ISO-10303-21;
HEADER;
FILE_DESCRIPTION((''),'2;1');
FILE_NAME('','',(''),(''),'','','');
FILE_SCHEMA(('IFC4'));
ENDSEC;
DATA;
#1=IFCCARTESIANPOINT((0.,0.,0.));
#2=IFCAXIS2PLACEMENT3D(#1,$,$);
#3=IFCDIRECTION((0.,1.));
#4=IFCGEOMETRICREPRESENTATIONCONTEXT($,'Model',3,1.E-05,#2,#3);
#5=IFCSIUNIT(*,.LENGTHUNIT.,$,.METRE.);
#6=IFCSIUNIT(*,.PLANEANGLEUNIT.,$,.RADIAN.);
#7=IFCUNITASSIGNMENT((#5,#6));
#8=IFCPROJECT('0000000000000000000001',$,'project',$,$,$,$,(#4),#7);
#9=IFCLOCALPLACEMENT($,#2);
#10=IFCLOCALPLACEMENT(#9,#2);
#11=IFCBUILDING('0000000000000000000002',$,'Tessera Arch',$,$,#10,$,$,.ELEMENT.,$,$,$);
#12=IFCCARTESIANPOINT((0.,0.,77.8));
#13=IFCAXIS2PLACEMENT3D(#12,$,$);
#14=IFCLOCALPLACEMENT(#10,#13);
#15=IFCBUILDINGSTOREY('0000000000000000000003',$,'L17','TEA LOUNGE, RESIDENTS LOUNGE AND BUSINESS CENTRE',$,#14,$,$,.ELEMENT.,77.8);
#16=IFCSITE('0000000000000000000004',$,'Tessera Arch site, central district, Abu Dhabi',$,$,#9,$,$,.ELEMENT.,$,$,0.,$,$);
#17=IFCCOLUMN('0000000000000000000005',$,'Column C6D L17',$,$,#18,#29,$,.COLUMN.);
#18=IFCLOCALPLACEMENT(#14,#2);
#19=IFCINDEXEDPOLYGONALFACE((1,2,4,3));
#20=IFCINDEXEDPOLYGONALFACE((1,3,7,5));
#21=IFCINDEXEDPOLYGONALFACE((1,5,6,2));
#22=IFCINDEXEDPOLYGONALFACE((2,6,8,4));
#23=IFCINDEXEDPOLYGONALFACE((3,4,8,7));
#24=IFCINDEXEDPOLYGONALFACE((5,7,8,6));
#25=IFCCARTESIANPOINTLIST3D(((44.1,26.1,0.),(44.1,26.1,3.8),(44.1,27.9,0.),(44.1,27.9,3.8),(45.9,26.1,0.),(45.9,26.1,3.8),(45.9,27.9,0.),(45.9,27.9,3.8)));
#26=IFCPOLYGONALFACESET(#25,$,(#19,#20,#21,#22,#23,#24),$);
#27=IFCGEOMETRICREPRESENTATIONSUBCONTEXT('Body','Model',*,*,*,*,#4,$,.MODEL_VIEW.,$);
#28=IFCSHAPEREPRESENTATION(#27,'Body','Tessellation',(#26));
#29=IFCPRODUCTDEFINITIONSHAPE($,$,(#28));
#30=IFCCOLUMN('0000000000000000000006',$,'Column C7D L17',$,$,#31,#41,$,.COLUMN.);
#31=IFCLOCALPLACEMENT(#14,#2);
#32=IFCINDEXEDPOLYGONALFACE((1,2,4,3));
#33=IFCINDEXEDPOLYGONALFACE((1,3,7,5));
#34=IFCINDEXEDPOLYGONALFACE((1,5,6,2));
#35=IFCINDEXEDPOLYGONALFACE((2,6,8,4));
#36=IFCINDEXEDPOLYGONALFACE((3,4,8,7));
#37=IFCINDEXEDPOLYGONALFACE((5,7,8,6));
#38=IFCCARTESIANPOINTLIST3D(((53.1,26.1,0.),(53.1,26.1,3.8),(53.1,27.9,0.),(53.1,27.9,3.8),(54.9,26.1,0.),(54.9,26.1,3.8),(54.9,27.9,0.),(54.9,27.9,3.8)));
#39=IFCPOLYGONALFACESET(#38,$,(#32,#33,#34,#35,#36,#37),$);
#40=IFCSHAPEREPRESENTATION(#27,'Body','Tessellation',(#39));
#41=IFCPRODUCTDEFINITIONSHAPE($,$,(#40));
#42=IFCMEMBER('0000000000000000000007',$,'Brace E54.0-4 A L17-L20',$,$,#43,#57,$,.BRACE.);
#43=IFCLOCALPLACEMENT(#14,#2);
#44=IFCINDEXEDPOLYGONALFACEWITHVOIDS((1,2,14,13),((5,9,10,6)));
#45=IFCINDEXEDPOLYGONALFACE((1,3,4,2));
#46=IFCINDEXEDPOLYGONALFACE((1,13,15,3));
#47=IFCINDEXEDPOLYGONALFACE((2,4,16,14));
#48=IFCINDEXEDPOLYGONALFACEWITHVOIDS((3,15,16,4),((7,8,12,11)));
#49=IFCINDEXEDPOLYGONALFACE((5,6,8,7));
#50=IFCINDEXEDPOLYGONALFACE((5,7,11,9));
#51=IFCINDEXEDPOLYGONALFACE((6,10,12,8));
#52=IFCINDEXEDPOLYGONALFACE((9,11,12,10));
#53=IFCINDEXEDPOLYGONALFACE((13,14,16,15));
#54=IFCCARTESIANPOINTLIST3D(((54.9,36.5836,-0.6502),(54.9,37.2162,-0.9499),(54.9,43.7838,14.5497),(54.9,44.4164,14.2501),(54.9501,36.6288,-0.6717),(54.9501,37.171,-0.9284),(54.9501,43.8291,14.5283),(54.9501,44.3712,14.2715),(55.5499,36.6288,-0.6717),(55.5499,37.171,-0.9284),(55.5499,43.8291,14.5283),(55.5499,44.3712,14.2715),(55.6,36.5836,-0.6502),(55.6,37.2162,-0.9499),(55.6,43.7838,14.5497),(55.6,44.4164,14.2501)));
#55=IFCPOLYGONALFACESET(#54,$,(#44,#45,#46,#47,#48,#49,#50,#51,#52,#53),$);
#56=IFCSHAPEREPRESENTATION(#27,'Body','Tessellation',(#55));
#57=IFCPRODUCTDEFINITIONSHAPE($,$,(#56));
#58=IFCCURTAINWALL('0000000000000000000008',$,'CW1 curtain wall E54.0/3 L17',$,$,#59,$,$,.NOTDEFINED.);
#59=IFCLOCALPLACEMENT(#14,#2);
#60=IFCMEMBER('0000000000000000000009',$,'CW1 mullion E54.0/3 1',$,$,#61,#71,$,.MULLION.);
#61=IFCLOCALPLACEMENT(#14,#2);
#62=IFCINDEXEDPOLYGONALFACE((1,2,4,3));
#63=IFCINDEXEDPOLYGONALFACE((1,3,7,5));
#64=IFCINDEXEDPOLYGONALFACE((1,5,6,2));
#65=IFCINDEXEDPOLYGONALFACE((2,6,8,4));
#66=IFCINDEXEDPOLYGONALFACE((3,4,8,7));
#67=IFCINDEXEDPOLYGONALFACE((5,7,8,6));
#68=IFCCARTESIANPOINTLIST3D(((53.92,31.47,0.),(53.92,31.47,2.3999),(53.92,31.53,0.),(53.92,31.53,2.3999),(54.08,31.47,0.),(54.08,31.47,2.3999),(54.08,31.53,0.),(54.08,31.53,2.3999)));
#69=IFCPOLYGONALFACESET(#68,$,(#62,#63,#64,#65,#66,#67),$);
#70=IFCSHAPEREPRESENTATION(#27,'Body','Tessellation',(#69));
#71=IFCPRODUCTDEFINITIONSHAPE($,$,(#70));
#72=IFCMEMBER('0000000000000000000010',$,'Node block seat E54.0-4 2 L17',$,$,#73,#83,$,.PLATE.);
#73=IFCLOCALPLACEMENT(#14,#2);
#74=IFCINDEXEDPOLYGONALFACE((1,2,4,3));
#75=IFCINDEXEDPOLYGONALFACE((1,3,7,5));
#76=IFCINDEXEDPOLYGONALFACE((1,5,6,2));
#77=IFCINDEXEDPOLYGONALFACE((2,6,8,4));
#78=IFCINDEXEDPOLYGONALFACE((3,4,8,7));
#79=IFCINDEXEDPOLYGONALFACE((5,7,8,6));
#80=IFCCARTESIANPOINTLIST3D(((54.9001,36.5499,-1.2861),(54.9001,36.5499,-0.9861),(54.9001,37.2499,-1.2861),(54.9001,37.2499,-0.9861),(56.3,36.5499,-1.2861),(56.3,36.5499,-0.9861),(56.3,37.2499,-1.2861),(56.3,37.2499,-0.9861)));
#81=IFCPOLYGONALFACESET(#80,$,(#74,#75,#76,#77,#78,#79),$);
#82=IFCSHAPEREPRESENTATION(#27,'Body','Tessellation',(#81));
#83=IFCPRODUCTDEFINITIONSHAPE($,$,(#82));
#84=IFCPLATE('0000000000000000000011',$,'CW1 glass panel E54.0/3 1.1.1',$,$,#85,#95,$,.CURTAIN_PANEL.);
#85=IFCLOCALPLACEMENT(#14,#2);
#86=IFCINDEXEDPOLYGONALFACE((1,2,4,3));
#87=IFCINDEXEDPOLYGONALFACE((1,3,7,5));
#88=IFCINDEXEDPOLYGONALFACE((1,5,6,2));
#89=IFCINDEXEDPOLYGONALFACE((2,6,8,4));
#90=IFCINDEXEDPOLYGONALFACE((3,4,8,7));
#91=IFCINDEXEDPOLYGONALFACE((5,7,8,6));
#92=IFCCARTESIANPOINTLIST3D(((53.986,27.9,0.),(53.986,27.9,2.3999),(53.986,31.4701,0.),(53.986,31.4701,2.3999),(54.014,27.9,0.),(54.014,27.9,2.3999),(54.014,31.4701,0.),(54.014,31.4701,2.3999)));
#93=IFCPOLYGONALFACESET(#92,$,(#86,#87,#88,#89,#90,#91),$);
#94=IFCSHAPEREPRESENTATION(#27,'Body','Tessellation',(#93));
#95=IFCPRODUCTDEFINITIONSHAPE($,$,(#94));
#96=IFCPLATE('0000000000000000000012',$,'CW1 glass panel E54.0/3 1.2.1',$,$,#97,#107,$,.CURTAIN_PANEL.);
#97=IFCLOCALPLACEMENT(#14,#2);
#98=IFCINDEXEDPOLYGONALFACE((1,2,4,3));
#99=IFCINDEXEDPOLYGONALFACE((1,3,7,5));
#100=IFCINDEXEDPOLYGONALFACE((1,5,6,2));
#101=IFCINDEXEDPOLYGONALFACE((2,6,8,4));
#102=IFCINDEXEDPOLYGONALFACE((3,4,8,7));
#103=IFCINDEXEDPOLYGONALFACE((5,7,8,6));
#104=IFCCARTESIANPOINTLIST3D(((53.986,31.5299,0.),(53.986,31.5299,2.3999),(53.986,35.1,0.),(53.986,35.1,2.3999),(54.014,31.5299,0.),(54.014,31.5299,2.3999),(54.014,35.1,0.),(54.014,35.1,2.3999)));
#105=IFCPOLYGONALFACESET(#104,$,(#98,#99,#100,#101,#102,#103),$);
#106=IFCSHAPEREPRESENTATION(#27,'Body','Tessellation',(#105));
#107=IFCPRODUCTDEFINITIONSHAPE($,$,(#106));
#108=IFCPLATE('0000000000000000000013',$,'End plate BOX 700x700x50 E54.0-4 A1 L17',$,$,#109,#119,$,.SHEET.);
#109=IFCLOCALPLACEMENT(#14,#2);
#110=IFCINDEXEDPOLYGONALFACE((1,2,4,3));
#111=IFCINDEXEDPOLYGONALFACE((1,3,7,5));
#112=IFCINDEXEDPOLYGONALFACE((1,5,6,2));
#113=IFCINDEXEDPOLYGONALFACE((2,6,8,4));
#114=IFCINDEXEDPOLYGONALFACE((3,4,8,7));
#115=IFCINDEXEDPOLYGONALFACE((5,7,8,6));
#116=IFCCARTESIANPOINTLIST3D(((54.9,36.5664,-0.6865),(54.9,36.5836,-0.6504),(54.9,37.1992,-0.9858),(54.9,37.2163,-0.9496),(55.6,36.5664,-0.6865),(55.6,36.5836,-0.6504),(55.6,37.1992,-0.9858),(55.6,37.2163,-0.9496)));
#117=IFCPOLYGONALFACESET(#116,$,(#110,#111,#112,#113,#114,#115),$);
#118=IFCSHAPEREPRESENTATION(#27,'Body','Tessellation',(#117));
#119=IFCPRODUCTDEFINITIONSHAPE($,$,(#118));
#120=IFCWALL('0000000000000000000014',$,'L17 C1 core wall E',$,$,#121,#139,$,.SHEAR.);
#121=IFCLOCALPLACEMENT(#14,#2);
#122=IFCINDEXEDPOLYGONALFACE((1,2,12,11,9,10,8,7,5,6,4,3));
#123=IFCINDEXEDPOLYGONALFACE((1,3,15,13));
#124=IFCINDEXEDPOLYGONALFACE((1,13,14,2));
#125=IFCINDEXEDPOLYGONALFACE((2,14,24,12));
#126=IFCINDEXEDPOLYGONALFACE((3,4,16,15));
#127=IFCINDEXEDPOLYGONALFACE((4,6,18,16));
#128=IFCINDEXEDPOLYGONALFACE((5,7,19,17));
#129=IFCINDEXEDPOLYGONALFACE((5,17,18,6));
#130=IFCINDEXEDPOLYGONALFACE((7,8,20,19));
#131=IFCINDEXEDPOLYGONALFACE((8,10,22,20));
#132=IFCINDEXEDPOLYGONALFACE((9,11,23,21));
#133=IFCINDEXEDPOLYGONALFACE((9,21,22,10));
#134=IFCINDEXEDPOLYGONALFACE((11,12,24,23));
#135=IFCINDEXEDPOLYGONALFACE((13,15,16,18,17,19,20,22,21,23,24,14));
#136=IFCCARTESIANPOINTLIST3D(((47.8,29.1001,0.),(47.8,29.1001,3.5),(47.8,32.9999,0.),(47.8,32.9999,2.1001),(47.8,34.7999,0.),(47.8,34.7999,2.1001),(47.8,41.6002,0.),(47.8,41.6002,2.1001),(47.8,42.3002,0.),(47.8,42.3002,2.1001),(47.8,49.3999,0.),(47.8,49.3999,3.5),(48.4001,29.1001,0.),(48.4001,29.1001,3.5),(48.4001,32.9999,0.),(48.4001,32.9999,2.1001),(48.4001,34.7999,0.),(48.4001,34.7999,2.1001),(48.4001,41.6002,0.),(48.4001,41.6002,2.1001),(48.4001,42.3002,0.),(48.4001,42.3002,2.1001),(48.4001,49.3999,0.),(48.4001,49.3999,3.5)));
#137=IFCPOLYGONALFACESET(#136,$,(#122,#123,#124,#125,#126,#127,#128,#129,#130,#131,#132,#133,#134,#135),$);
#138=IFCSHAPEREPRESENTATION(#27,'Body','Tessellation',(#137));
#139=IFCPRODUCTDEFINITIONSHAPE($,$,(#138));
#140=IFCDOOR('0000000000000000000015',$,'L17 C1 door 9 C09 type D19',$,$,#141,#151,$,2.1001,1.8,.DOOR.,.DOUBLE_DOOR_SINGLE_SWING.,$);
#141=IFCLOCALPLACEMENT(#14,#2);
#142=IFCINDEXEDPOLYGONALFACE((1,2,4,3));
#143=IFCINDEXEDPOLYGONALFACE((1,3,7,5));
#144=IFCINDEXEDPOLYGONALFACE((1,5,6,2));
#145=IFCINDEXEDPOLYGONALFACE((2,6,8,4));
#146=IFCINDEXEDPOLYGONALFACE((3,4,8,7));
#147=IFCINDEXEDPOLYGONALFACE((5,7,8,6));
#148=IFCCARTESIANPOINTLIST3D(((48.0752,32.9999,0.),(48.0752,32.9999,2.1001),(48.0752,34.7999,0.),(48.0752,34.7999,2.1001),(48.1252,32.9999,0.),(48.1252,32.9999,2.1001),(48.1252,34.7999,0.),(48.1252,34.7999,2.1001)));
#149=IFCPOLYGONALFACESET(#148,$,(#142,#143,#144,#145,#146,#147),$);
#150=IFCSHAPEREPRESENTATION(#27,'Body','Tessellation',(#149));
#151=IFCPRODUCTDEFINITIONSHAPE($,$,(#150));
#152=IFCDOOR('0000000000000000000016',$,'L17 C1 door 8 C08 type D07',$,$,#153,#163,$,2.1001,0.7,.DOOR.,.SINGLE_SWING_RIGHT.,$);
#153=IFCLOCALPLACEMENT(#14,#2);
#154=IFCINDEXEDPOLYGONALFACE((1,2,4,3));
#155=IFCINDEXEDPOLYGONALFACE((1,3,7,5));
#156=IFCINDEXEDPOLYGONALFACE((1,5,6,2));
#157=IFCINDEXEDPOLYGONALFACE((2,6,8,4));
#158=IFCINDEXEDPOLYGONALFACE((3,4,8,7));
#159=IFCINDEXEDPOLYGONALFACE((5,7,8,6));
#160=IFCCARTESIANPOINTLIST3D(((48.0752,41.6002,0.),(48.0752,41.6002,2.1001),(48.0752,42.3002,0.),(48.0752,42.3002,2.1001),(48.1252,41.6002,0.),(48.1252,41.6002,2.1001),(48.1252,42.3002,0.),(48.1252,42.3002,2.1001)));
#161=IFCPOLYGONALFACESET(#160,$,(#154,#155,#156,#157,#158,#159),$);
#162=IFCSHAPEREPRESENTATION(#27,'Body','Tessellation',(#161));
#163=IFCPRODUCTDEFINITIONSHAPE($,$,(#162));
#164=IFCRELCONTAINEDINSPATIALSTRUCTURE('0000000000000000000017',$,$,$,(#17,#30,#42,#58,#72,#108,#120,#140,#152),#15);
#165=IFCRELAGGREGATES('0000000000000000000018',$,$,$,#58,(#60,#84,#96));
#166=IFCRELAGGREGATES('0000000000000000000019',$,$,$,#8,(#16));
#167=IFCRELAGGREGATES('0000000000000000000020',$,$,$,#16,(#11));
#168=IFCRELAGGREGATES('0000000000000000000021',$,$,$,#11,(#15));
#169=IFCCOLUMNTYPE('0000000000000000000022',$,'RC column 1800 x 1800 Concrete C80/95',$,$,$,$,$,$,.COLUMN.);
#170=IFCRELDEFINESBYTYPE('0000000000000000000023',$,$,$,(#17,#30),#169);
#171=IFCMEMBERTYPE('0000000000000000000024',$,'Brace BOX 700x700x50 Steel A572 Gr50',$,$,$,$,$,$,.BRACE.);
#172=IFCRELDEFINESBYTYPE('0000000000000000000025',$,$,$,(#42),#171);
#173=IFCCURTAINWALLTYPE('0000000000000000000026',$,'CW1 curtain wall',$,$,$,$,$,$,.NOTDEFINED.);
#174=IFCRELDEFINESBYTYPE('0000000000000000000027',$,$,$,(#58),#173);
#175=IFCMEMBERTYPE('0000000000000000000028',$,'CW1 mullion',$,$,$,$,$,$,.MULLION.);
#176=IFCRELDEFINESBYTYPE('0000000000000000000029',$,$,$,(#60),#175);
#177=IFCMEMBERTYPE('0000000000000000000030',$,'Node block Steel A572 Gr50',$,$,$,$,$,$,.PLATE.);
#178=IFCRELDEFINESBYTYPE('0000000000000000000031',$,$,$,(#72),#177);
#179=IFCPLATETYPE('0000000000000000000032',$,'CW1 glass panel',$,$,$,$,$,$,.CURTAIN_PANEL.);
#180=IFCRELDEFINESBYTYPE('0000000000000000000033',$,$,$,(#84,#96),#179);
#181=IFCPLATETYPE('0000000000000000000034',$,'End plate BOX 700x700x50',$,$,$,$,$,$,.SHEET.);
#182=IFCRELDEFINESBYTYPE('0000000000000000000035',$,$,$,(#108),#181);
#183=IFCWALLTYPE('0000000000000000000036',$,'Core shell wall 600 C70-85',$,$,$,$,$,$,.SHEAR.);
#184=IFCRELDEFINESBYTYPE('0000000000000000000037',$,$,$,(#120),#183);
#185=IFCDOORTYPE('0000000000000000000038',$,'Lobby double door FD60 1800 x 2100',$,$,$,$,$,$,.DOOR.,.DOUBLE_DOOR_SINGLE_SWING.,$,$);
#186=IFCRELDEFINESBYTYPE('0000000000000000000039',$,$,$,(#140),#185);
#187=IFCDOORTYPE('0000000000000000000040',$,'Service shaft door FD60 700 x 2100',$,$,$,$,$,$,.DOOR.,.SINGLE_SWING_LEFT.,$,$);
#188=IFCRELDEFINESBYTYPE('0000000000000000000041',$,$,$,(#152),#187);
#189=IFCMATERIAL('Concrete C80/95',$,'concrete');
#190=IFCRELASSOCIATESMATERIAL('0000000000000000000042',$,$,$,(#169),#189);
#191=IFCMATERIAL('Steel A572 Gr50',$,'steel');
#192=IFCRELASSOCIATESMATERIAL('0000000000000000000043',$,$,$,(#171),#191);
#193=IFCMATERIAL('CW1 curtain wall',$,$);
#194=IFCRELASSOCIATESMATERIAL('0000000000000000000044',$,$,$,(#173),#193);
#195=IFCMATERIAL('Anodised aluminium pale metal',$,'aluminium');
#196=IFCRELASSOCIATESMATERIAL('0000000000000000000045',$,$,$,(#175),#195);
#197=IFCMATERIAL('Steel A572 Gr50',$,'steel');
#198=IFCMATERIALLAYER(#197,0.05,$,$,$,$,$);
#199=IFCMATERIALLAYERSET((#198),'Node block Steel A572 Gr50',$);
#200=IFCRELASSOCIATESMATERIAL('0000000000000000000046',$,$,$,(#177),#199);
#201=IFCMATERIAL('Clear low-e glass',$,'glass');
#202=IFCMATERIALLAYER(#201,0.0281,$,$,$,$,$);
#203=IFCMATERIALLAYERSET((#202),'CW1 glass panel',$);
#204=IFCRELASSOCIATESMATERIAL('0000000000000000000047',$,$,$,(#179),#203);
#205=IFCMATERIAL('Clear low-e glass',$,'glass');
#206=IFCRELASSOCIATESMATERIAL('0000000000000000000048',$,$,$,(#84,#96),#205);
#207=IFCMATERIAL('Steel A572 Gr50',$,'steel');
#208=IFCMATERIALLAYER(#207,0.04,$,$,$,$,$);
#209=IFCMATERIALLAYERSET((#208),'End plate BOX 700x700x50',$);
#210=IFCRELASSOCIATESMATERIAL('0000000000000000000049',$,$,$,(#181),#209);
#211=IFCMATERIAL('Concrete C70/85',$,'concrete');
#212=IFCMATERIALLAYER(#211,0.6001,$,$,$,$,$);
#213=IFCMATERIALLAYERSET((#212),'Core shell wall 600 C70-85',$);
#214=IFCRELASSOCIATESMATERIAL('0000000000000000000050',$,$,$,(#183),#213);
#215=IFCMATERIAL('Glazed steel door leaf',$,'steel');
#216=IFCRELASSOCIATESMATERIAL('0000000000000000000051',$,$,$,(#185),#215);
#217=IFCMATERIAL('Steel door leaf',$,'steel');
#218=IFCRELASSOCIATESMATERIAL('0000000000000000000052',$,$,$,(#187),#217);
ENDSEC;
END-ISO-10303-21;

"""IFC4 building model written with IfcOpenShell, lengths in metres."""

from ifc_helpers import new_model, si_unit, direction, frame, frame_2d, origin, origin_2d, place, context, subcontext, project, spatial, rectangle, hollow_rectangle, extrude, material, layer, layer_set, material_profile, profile_set, type_object, element, fill, aggregate, save


model = new_model("IFC4")

# Units and contexts
model_context = context("Model", 3, precision=1e-05, world=origin(), true_north=direction((0.0, 1.0)))
body_context = subcontext(model_context, "Body", "Model", "MODEL_VIEW")
ifc_project = project(units=[si_unit("LENGTHUNIT", "METRE"), si_unit("PLANEANGLEUNIT", "RADIAN")], contexts=[model_context])

# Site, building, storey
site_placement = place(None, origin())
site = spatial("IfcSite", under=ifc_project, at=site_placement, Name="Tessera Arch site, central district, Abu Dhabi", CompositionType="ELEMENT", RefElevation=0.0)
building_placement = place(site_placement, origin())
building = spatial("IfcBuilding", under=site, at=building_placement, Name="Tessera Arch", CompositionType="ELEMENT")
storey_placement = place(building_placement, frame((0.0, 0.0, 77.8)))
storey = spatial("IfcBuildingStorey", under=building, at=storey_placement, Name="L17", Description="TEA LOUNGE, RESIDENTS LOUNGE AND BUSINESS CENTRE", CompositionType="ELEMENT", Elevation=77.8)

# Columns
ifc_material_1 = material(Name="Concrete C80/95", Category="concrete")
ifc_material_profile_1 = material_profile(ifc_material_1, rectangle(XDim=1.8, YDim=1.8, at=origin_2d()), Name="RC column 1800 x 1800 Concrete C80/95")
ifc_profile_set_1 = profile_set([ifc_material_profile_1], Name="Concrete C80/95")
column_type = type_object("IfcColumnType", Name="RC column 1800 x 1800 Concrete C80/95", PredefinedType="COLUMN", material=ifc_profile_set_1)
for number, where, z_axis, x_axis, name in (
    (1, (45.0, 27.0, 0.0), (0.0, 0.0, 1.0), (1.0, 0.0, 0.0), "Column C6D L17"),
    (2, (54.0, 27.0, 0.0), (0.0, 0.0, 1.0), (1.0, 0.0, 0.0), "Column C7D L17"),
):
    element("IfcColumn", number, at=place(storey_placement, frame(where, z_axis=z_axis, x_axis=x_axis)), inside=storey, type_object=column_type, Name=name, PredefinedType="COLUMN", context=body_context, shape_type="SweptSolid", body=[
        extrude(rectangle(XDim=1.8, YDim=1.8, at=origin_2d()), origin(), (0.0, 0.0, 1.0), 3.8),
    ])

# Member
ifc_material_2 = material(Name="Steel A572 Gr50", Category="steel")
ifc_material_profile_2 = material_profile(ifc_material_2, hollow_rectangle(XDim=0.7, YDim=0.7, WallThickness=0.05, at=origin_2d()), Name="BOX 700x700x50")
ifc_profile_set_2 = profile_set([ifc_material_profile_2], Name="Steel A572 Gr50")
member_type_1 = type_object("IfcMemberType", Name="Brace BOX 700x700x50 Steel A572 Gr50", PredefinedType="BRACE", material=ifc_profile_set_2)
member_1_placement = place(storey_placement, frame((55.25, 36.8999, -0.8), z_axis=(0.0, 0.428097, 0.903733), x_axis=(-1.0, 0.0, 0.0)))
element("IfcMember", 3, at=member_1_placement, inside=storey, type_object=member_type_1, Name="Brace E54.0-4 A L17-L20", PredefinedType="BRACE", context=body_context, shape_type="SweptSolid", body=[
    extrude(hollow_rectangle(XDim=0.7, YDim=0.7, WallThickness=0.05, at=origin_2d()), origin(), (0.0, 0.0, 1.0), 16.8191),
])

# Curtain wall, member
ifc_material_3 = material(Name="CW1 curtain wall")
curtain_wall_type = type_object("IfcCurtainWallType", Name="CW1 curtain wall", PredefinedType="NOTDEFINED", material=ifc_material_3)
curtain_wall_placement = place(storey_placement, origin())
curtain_wall = element("IfcCurtainWall", 4, at=curtain_wall_placement, inside=storey, type_object=curtain_wall_type, Name="CW1 curtain wall E54.0/3 L17", PredefinedType="NOTDEFINED")
ifc_material_4 = material(Name="Anodised aluminium pale metal", Category="aluminium")
ifc_material_profile_3 = material_profile(ifc_material_4, rectangle(XDim=0.1599, YDim=0.0601, at=origin_2d()), Name="AL 60x160")
ifc_profile_set_3 = profile_set([ifc_material_profile_3], Name="Anodised aluminium pale metal")
member_type_2 = type_object("IfcMemberType", Name="CW1 mullion", PredefinedType="MULLION", material=ifc_profile_set_3)
member_2_placement = place(storey_placement, frame((54.0, 31.5, 0.0), z_axis=(0.0, 0.0, 1.0), x_axis=(-1.0, 0.0, 0.0)))
member_2 = element("IfcMember", 5, at=member_2_placement, type_object=member_type_2, Name="CW1 mullion E54.0/3 1", PredefinedType="MULLION", context=body_context, shape_type="SweptSolid", body=[
    extrude(rectangle(XDim=0.1599, YDim=0.0601, at=origin_2d()), origin(), (0.0, 0.0, 1.0), 2.3999),
])

# Member
ifc_material_5 = material(Name="Steel A572 Gr50", Category="steel")
ifc_layer_1 = layer(ifc_material_5, 0.05)
ifc_layer_set_1 = layer_set([ifc_layer_1], Name="Node block Steel A572 Gr50")
member_type_3 = type_object("IfcMemberType", Name="Node block Steel A572 Gr50", PredefinedType="PLATE", material=ifc_layer_set_1)
member_3_placement = place(storey_placement, frame((55.6001, 36.8999, -1.2861), z_axis=(0.0, 0.0, 1.0), x_axis=(0.0, 1.0, 0.0)))
element("IfcMember", 6, at=member_3_placement, inside=storey, type_object=member_type_3, Name="Node block seat E54.0-4 2 L17", PredefinedType="PLATE", context=body_context, shape_type="SweptSolid", body=[
    extrude(rectangle(XDim=0.7, YDim=1.3999, at=origin_2d()), origin(), (0.0, 0.0, 1.0), 0.3),
])

# Plates
ifc_material_6 = material(Name="Clear low-e glass", Category="glass")
ifc_material_7 = material(Name="Clear low-e glass", Category="glass")
ifc_layer_2 = layer(ifc_material_7, 0.0281)
ifc_layer_set_2 = layer_set([ifc_layer_2], Name="CW1 glass panel")
plate_type_1 = type_object("IfcPlateType", Name="CW1 glass panel", PredefinedType="CURTAIN_PANEL", material=ifc_layer_set_2)
plate_1_placement = place(storey_placement, frame((54.0, 29.6851, 0.0), z_axis=(0.0, 0.0, 1.0), x_axis=(0.0, 1.0, 0.0)))
plate_1 = element("IfcPlate", 7, at=plate_1_placement, type_object=plate_type_1, material=ifc_material_6, Name="CW1 glass panel E54.0/3 1.1.1", PredefinedType="CURTAIN_PANEL", context=body_context, shape_type="SweptSolid", body=[
    extrude(rectangle(XDim=3.5701, YDim=0.0281, at=origin_2d()), origin(), (0.0, 0.0, 1.0), 2.3999),
])
plate_2_placement = place(storey_placement, frame((54.0, 33.3149, 0.0), z_axis=(0.0, 0.0, 1.0), x_axis=(0.0, 1.0, 0.0)))
plate_2 = element("IfcPlate", 8, at=plate_2_placement, type_object=plate_type_1, material=ifc_material_6, Name="CW1 glass panel E54.0/3 1.2.1", PredefinedType="CURTAIN_PANEL", context=body_context, shape_type="SweptSolid", body=[
    extrude(rectangle(XDim=3.5701, YDim=0.0281, at=origin_2d()), origin(), (0.0, 0.0, 1.0), 2.3999),
])
aggregate(curtain_wall, [member_2, plate_1, plate_2])
ifc_material_8 = material(Name="Steel A572 Gr50", Category="steel")
ifc_layer_3 = layer(ifc_material_8, 0.04)
ifc_layer_set_3 = layer_set([ifc_layer_3], Name="End plate BOX 700x700x50")
plate_type_2 = type_object("IfcPlateType", Name="End plate BOX 700x700x50", PredefinedType="SHEET", material=ifc_layer_set_3)
plate_3_placement = place(storey_placement, frame((55.25, 36.8828, -0.8362), z_axis=(0.0, 0.427561, 0.903986), x_axis=(-1.0, 0.0, 0.0)))
element("IfcPlate", 9, at=plate_3_placement, inside=storey, type_object=plate_type_2, Name="End plate BOX 700x700x50 E54.0-4 A1 L17", PredefinedType="SHEET", context=body_context, shape_type="SweptSolid", body=[
    extrude(rectangle(XDim=0.7, YDim=0.7, at=origin_2d()), origin(), (0.0, 0.0, 1.0), 0.04),
])

# Wall, openings, doors
ifc_material_9 = material(Name="Concrete C70/85", Category="concrete")
ifc_layer_4 = layer(ifc_material_9, 0.6001)
ifc_layer_set_4 = layer_set([ifc_layer_4], Name="Core shell wall 600 C70-85")
wall_type_1 = type_object("IfcWallType", Name="Core shell wall 600 C70-85", PredefinedType="SHEAR", material=ifc_layer_set_4)
wall_1_placement = place(storey_placement, frame((48.1001, 29.1001, 0.0), z_axis=(0.0, 0.0, 1.0), x_axis=(0.0, 1.0, 0.0)))
wall_1 = element("IfcWall", 10, at=wall_1_placement, inside=storey, type_object=wall_type_1, Name="L17 C1 core wall E", PredefinedType="SHEAR", context=body_context, shape_type="SweptSolid", body=[
    extrude(rectangle(XDim=20.2998, YDim=0.6001, at=frame_2d((10.1499, 0.0))), origin(), (0.0, 0.0, 1.0), 3.5),
])
opening_1_placement = place(wall_1_placement, frame((12.5, 0.0, 0.0)))
opening_1 = element("IfcOpeningElement", 11, at=opening_1_placement, cuts=wall_1, PredefinedType="OPENING", context=body_context, shape_type="SweptSolid", body=[
    extrude(rectangle(XDim=0.7, YDim=2.1001, at=frame_2d((0.3501, 1.05))), frame((0.0, 0.3101, 0.0), z_axis=(0.0, -1.0, 0.0), x_axis=(1.0, 0.0, 0.0)), (0.0, 0.0, 1.0), 0.6201),
])
opening_2_placement = place(wall_1_placement, frame((3.8999, 0.0, 0.0)))
opening_2 = element("IfcOpeningElement", 12, at=opening_2_placement, cuts=wall_1, PredefinedType="OPENING", context=body_context, shape_type="SweptSolid", body=[
    extrude(rectangle(XDim=1.8, YDim=2.1001, at=frame_2d((0.8999, 1.05))), frame((0.0, 0.3101, 0.0), z_axis=(0.0, -1.0, 0.0), x_axis=(1.0, 0.0, 0.0)), (0.0, 0.0, 1.0), 0.6201),
])
ifc_material_10 = material(Name="Glazed steel door leaf", Category="steel")
door_type_1 = type_object("IfcDoorType", Name="Lobby double door FD60 1800 x 2100", OperationType="DOUBLE_DOOR_SINGLE_SWING", PredefinedType="DOOR", material=ifc_material_10)
door_1_placement = place(opening_2_placement, origin())
door_1 = element("IfcDoor", 13, at=door_1_placement, inside=storey, type_object=door_type_1, Name="L17 C1 door 9 C09 type D19", OperationType="DOUBLE_DOOR_SINGLE_SWING", OverallHeight=2.1001, OverallWidth=1.8, PredefinedType="DOOR", context=body_context, shape_type="SweptSolid", body=[
    extrude(rectangle(XDim=1.8, YDim=2.1001, at=frame_2d((0.8999, 1.05))), frame((0.0, 0.0249, 0.0), z_axis=(0.0, -1.0, 0.0), x_axis=(1.0, 0.0, 0.0)), (0.0, 0.0, 1.0), 0.05),
])
fill(opening_2, door_1)
ifc_material_11 = material(Name="Steel door leaf", Category="steel")
door_type_2 = type_object("IfcDoorType", Name="Service shaft door FD60 700 x 2100", OperationType="SINGLE_SWING_LEFT", PredefinedType="DOOR", material=ifc_material_11)
door_2_placement = place(opening_1_placement, origin())
door_2 = element("IfcDoor", 14, at=door_2_placement, inside=storey, type_object=door_type_2, Name="L17 C1 door 8 C08 type D07", OperationType="SINGLE_SWING_RIGHT", OverallHeight=2.1001, OverallWidth=0.7, PredefinedType="DOOR", context=body_context, shape_type="SweptSolid", body=[
    extrude(rectangle(XDim=0.7, YDim=2.1001, at=frame_2d((0.3501, 1.05))), frame((0.0, 0.0249, 0.0), z_axis=(0.0, -1.0, 0.0), x_axis=(1.0, 0.0, 0.0)), (0.0, 0.0, 1.0), 0.05),
])
fill(opening_1, door_2)

save(model, "model.ifc")
